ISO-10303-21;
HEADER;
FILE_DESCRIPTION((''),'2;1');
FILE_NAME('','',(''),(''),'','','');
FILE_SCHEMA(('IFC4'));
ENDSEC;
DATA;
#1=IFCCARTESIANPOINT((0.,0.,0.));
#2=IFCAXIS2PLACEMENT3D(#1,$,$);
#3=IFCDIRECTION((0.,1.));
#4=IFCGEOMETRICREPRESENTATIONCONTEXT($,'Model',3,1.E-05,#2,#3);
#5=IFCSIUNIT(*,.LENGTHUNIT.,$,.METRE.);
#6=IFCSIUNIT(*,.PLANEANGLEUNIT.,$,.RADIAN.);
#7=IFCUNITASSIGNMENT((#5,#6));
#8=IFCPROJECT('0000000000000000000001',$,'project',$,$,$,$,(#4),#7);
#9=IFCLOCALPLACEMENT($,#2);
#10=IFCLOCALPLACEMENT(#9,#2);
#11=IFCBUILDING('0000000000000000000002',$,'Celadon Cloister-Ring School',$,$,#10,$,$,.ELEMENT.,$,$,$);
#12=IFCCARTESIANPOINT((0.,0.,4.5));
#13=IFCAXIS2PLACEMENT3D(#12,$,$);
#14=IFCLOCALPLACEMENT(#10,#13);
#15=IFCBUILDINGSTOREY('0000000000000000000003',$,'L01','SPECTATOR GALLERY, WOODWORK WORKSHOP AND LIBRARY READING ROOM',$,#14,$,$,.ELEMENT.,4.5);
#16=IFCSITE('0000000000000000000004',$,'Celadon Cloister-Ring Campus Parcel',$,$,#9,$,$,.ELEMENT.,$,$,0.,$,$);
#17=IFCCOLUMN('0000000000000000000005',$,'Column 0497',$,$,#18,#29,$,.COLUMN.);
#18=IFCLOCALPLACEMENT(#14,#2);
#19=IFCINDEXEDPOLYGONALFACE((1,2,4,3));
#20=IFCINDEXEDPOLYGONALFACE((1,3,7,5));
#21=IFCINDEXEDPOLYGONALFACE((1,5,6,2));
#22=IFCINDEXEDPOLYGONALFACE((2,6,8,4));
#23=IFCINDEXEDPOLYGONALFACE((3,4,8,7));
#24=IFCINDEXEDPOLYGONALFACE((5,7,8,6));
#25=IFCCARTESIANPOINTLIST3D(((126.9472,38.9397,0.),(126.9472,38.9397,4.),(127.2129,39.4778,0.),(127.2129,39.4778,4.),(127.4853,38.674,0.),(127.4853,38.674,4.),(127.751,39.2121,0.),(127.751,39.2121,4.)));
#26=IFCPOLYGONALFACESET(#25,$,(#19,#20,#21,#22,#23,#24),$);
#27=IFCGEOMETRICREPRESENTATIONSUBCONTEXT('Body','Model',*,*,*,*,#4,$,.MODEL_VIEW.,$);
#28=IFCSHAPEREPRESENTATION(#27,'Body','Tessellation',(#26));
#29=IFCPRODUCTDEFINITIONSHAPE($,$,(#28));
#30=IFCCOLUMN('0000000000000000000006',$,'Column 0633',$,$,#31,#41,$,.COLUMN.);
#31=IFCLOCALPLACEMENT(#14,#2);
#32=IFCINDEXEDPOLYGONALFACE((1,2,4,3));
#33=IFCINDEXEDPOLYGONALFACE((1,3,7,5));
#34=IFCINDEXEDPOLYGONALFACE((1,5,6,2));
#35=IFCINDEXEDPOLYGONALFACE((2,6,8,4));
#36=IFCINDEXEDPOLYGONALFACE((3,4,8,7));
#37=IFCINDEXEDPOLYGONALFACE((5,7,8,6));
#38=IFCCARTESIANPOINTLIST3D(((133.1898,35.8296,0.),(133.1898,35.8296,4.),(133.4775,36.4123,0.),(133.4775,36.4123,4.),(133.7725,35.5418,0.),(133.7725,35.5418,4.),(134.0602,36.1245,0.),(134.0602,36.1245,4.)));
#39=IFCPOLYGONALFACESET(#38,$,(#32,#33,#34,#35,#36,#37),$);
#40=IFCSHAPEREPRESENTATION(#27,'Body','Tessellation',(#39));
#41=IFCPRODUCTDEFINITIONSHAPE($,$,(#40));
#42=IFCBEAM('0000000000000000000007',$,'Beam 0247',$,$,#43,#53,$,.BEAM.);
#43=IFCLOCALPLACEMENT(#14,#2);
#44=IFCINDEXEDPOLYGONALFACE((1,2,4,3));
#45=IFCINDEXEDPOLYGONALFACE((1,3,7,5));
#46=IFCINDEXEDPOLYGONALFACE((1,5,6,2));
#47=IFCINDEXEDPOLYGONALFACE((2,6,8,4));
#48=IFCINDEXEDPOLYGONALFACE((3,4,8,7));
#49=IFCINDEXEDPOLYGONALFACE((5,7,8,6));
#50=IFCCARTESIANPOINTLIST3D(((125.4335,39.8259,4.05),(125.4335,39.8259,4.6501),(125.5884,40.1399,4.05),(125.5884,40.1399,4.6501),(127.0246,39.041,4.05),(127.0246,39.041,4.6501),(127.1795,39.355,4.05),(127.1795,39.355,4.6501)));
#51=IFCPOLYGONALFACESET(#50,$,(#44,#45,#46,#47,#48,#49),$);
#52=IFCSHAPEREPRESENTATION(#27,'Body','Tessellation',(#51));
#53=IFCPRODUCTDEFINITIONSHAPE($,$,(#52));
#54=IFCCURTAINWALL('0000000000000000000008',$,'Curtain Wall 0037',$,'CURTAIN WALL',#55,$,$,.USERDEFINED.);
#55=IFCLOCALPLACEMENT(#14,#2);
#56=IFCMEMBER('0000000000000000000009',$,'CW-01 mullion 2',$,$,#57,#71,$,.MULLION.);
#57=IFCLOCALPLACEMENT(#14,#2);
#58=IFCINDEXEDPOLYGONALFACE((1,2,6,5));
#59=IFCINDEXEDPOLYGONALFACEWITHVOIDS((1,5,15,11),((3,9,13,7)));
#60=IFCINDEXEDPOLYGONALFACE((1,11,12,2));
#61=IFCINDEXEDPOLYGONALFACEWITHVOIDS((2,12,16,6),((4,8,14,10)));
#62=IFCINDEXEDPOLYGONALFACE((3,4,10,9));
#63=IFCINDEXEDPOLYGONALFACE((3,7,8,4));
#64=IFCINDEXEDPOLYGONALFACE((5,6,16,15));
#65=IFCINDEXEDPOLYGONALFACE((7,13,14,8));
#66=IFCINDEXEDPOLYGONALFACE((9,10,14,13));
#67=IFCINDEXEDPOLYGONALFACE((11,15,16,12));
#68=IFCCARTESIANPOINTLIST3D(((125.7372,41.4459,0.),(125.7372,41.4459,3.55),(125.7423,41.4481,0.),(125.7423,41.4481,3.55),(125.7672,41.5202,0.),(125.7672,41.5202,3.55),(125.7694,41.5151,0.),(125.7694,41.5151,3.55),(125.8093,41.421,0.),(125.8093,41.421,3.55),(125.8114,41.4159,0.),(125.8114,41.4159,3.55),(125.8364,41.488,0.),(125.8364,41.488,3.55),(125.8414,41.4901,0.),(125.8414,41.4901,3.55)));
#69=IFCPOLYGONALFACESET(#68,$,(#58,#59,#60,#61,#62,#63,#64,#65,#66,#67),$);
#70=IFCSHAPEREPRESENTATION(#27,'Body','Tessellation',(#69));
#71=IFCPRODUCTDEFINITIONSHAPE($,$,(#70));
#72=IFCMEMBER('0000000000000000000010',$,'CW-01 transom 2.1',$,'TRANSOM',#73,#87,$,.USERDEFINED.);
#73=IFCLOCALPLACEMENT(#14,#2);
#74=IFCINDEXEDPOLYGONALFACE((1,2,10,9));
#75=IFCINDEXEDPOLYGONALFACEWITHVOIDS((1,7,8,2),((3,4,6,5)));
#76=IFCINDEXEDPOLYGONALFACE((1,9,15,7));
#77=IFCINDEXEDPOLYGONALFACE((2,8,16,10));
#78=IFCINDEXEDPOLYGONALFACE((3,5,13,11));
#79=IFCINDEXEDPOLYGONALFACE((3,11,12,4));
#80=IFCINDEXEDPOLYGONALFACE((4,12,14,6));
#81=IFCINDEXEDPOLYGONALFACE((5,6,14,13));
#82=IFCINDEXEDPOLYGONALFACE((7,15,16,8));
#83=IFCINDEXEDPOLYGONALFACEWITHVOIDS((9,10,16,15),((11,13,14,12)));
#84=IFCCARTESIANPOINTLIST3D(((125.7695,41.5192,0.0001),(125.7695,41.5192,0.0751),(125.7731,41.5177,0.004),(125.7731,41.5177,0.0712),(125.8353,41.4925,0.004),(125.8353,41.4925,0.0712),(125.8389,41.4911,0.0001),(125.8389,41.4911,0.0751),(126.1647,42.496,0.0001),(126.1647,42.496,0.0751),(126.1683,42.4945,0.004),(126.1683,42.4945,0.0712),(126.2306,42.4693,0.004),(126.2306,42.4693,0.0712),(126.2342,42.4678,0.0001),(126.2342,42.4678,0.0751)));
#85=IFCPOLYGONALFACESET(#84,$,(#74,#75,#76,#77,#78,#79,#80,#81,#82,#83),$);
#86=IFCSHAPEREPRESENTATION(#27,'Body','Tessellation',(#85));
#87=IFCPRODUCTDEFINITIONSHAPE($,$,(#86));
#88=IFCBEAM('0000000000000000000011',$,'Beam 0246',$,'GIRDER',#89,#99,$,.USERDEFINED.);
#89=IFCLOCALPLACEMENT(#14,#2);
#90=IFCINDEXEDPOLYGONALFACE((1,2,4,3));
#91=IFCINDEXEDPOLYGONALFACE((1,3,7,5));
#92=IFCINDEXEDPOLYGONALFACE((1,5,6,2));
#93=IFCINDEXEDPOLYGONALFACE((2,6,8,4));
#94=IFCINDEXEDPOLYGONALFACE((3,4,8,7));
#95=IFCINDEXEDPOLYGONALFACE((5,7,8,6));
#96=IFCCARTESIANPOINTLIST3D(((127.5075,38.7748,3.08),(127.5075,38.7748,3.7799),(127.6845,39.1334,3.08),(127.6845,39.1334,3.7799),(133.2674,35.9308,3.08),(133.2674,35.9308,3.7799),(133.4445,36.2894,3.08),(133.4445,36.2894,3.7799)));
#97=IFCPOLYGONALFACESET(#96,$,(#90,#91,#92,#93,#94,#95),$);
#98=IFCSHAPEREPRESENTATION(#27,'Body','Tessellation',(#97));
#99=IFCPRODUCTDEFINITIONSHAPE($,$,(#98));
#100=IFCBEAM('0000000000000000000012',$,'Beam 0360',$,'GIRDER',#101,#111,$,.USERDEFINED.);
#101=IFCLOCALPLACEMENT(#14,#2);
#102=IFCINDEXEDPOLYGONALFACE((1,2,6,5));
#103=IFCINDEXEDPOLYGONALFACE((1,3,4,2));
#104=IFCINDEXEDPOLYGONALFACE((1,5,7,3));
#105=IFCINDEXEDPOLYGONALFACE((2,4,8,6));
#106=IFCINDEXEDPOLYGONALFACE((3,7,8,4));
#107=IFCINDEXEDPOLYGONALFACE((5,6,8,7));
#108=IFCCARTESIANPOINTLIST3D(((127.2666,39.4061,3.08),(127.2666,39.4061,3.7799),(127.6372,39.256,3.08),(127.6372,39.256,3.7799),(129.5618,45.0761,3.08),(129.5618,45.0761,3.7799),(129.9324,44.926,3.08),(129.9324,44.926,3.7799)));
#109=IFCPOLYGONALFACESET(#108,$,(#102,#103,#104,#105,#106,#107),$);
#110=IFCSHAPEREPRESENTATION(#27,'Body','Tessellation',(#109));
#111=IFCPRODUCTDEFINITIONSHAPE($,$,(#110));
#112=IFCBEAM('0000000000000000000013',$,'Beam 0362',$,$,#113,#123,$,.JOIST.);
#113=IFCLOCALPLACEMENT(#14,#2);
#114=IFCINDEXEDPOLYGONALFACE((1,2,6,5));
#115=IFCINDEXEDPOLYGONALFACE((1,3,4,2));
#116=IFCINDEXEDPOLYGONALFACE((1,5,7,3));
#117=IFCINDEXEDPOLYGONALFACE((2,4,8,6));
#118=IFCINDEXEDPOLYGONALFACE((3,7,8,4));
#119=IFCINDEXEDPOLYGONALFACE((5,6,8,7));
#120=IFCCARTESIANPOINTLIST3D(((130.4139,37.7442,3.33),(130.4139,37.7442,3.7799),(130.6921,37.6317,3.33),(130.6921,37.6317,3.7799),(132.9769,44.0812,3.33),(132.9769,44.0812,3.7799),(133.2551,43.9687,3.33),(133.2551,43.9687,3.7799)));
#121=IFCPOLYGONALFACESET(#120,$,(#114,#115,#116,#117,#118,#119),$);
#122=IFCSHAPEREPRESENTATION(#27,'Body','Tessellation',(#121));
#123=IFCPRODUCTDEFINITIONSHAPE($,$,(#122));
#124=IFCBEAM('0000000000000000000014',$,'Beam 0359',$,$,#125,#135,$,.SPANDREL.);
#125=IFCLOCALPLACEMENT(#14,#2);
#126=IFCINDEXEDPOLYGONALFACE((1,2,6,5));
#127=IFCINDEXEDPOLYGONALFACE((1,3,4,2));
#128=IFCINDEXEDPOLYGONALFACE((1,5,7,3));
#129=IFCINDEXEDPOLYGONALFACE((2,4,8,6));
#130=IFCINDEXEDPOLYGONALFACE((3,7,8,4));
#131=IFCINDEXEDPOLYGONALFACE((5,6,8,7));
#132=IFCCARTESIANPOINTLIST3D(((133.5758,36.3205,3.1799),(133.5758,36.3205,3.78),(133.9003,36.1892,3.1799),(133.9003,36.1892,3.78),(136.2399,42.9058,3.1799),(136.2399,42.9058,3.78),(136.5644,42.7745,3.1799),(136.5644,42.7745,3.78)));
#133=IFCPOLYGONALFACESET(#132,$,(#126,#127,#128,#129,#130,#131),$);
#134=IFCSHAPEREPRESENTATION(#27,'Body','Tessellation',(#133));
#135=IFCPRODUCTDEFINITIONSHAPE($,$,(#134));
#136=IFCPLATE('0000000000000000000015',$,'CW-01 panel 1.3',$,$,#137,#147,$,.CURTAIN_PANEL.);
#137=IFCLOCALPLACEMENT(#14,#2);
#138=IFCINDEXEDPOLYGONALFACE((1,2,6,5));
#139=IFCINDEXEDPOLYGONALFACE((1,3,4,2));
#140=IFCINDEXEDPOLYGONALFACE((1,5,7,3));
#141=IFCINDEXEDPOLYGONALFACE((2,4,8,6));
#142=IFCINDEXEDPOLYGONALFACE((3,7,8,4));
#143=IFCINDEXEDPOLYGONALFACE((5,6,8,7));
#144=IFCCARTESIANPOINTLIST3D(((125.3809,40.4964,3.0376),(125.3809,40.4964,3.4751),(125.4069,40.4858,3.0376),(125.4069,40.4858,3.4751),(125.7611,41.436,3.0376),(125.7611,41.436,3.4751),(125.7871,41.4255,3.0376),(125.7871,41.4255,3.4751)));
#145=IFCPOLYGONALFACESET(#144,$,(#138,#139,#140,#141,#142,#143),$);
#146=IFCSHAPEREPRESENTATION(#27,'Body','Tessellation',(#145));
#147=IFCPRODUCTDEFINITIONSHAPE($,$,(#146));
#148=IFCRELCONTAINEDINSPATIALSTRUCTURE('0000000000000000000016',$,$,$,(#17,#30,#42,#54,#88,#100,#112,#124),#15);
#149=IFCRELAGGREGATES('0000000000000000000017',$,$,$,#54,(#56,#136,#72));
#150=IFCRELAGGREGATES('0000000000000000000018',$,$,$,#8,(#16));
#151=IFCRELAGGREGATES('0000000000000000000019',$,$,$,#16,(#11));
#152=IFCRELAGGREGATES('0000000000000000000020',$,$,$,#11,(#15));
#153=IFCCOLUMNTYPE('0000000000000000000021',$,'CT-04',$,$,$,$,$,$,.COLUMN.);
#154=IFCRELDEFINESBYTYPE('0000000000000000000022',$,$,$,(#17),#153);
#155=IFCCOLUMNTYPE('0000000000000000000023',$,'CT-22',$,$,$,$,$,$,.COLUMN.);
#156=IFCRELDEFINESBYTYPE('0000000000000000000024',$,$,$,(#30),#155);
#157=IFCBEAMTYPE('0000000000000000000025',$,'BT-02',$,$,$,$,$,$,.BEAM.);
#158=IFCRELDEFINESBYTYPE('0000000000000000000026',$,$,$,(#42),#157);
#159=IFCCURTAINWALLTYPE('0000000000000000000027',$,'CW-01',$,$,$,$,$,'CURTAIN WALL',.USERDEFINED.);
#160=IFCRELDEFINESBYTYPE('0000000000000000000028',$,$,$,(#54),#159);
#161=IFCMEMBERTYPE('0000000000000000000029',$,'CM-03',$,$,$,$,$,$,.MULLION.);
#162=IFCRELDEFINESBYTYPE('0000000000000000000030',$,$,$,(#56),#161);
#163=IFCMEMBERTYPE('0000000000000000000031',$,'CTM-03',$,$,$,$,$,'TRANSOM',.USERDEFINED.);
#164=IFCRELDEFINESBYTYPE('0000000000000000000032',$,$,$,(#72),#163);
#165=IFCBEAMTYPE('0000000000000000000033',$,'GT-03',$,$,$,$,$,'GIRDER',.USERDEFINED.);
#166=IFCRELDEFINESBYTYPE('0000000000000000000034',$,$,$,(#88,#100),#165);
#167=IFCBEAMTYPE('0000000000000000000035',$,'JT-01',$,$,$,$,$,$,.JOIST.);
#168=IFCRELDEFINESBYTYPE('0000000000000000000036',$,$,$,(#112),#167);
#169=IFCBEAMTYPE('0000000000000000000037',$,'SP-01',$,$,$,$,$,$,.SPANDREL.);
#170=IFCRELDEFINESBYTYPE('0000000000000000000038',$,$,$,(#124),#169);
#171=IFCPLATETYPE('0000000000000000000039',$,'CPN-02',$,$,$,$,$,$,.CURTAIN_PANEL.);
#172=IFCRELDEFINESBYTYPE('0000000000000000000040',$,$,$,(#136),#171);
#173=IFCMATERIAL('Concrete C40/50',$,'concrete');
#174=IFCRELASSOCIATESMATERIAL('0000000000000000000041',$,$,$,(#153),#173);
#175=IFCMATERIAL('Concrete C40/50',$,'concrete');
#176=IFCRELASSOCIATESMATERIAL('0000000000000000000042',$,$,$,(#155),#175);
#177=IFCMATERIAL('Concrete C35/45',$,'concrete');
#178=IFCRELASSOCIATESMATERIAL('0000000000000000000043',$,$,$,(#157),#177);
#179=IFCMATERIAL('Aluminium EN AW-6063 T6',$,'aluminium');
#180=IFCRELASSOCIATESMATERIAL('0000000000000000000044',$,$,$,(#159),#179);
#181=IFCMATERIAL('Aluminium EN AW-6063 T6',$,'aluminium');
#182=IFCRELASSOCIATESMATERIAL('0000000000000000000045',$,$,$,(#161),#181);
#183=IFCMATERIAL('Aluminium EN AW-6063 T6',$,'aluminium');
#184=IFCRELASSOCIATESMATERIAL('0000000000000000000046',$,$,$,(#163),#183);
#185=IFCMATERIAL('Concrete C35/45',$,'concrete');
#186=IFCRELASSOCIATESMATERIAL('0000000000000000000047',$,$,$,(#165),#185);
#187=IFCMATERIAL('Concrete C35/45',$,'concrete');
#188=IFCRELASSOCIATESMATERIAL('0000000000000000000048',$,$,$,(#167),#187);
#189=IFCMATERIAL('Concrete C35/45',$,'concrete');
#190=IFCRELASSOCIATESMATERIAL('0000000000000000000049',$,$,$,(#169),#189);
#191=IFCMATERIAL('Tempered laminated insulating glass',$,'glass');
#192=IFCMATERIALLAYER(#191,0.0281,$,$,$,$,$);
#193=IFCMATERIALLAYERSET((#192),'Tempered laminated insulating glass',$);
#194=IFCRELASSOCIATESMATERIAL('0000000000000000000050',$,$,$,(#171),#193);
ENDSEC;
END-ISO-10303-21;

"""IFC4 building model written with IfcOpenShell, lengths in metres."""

from ifc_helpers import new_model, si_unit, direction, frame, origin, origin_2d, place, context, subcontext, project, spatial, rectangle, hollow_rectangle, extrude, material, layer, layer_set, material_profile, profile_set, type_object, element, aggregate, save


model = new_model("IFC4")

# Units and contexts
model_context = context("Model", 3, precision=1e-05, world=origin(), true_north=direction((0.0, 1.0)))
body_context = subcontext(model_context, "Body", "Model", "MODEL_VIEW")
ifc_project = project(units=[si_unit("LENGTHUNIT", "METRE"), si_unit("PLANEANGLEUNIT", "RADIAN")], contexts=[model_context])

# Site, building, storey
site_placement = place(None, origin())
site = spatial("IfcSite", under=ifc_project, at=site_placement, Name="Celadon Cloister-Ring Campus Parcel", CompositionType="ELEMENT", RefElevation=0.0)
building_placement = place(site_placement, origin())
building = spatial("IfcBuilding", under=site, at=building_placement, Name="Celadon Cloister-Ring School", CompositionType="ELEMENT")
storey_placement = place(building_placement, frame((0.0, 0.0, 4.5)))
storey = spatial("IfcBuildingStorey", under=building, at=storey_placement, Name="L01", Description="SPECTATOR GALLERY, WOODWORK WORKSHOP AND LIBRARY READING ROOM", CompositionType="ELEMENT", Elevation=4.5)

# Columns
ifc_material_1 = material(Name="Concrete C40/50", Category="concrete")
ifc_material_profile_1 = material_profile(ifc_material_1, rectangle(XDim=0.6001, YDim=0.6001, at=origin_2d()), Name="RC600X600")
ifc_profile_set_1 = profile_set([ifc_material_profile_1], Name="Concrete C40/50")
column_type_1 = type_object("IfcColumnType", Name="CT-04", PredefinedType="COLUMN", material=ifc_profile_set_1)
column_1_placement = place(storey_placement, frame((127.3491, 39.0759, 0.0), z_axis=(0.0, 0.0, 1.0), x_axis=(0.896641, -0.442758, 0.0)))
element("IfcColumn", 1, at=column_1_placement, inside=storey, type_object=column_type_1, Name="Column 0497", PredefinedType="COLUMN", context=body_context, shape_type="SweptSolid", body=[
    extrude(rectangle(XDim=0.6001, YDim=0.6001, at=origin_2d()), origin(), (0.0, 0.0, 1.0), 4.0),
])
ifc_material_2 = material(Name="Concrete C40/50", Category="concrete")
ifc_material_profile_2 = material_profile(ifc_material_2, rectangle(XDim=0.6499, YDim=0.6499, at=origin_2d()), Name="RC650X650")
ifc_profile_set_2 = profile_set([ifc_material_profile_2], Name="Concrete C40/50")
column_type_2 = type_object("IfcColumnType", Name="CT-22", PredefinedType="COLUMN", material=ifc_profile_set_2)
column_2_placement = place(storey_placement, frame((133.625, 35.9771, 0.0), z_axis=(0.0, 0.0, 1.0), x_axis=(0.896641, -0.442758, 0.0)))
element("IfcColumn", 2, at=column_2_placement, inside=storey, type_object=column_type_2, Name="Column 0633", PredefinedType="COLUMN", context=body_context, shape_type="SweptSolid", body=[
    extrude(rectangle(XDim=0.6499, YDim=0.6499, at=origin_2d()), origin(), (0.0, 0.0, 1.0), 4.0),
])

# Beam
ifc_material_3 = material(Name="Concrete C35/45", Category="concrete")
ifc_material_profile_3 = material_profile(ifc_material_3, rectangle(XDim=0.3501, YDim=0.6001, at=origin_2d()), Name="RC350X600")
ifc_profile_set_3 = profile_set([ifc_material_profile_3], Name="Concrete C35/45")
beam_type_1 = type_object("IfcBeamType", Name="BT-02", PredefinedType="BEAM", material=ifc_profile_set_3)
beam_1_placement = place(storey_placement, frame((127.1021, 39.198, 4.3501), z_axis=(-0.896809, 0.442418, 0.0), x_axis=(-0.442418, -0.896809, 0.0)))
element("IfcBeam", 3, at=beam_1_placement, inside=storey, type_object=beam_type_1, Name="Beam 0247", PredefinedType="BEAM", context=body_context, shape_type="SweptSolid", body=[
    extrude(rectangle(XDim=0.3501, YDim=0.6001, at=origin_2d()), origin(), (0.0, 0.0, 1.0), 1.7742),
])

# Curtain wall, members
ifc_material_4 = material(Name="Aluminium EN AW-6063 T6", Category="aluminium")
curtain_wall_type = type_object("IfcCurtainWallType", Name="CW-01", ElementType="CURTAIN WALL", PredefinedType="USERDEFINED", material=ifc_material_4)
curtain_wall_placement = place(storey_placement, origin())
curtain_wall = element("IfcCurtainWall", 4, at=curtain_wall_placement, inside=storey, type_object=curtain_wall_type, Name="Curtain Wall 0037", ObjectType="CURTAIN WALL", PredefinedType="USERDEFINED")
ifc_material_5 = material(Name="Aluminium EN AW-6063 T6", Category="aluminium")
ifc_material_profile_4 = material_profile(ifc_material_5, hollow_rectangle(XDim=0.0801, YDim=0.0801, WallThickness=0.0039, at=origin_2d()), Name="RHS80X80X4")
ifc_profile_set_4 = profile_set([ifc_material_profile_4], Name="Aluminium EN AW-6063 T6")
member_type_1 = type_object("IfcMemberType", Name="CM-03", PredefinedType="MULLION", material=ifc_profile_set_4)
member_1_placement = place(storey_placement, frame((125.7893, 41.468, 0.0), z_axis=(0.0, 0.0, 1.0), x_axis=(-0.92701, 0.375038, 0.0)))
member_1 = element("IfcMember", 5, at=member_1_placement, type_object=member_type_1, Name="CW-01 mullion 2", PredefinedType="MULLION", context=body_context, shape_type="SweptSolid", body=[
    extrude(hollow_rectangle(XDim=0.0801, YDim=0.0801, WallThickness=0.0039, at=origin_2d()), origin(), (0.0, 0.0, 1.0), 3.55),
])
ifc_material_6 = material(Name="Aluminium EN AW-6063 T6", Category="aluminium")
ifc_material_profile_5 = material_profile(ifc_material_6, hollow_rectangle(XDim=0.075, YDim=0.075, WallThickness=0.0039, at=origin_2d()), Name="RHS75X75X4")
ifc_profile_set_5 = profile_set([ifc_material_profile_5], Name="Aluminium EN AW-6063 T6")
member_type_2 = type_object("IfcMemberType", Name="CTM-03", ElementType="TRANSOM", PredefinedType="USERDEFINED", material=ifc_profile_set_5)
member_2_placement = place(storey_placement, frame((125.8042, 41.5051, 0.0376), z_axis=(0.375103, 0.926983, 0.0), x_axis=(-0.926983, 0.375103, 0.0)))
member_2 = element("IfcMember", 6, at=member_2_placement, type_object=member_type_2, Name="CW-01 transom 2.1", ObjectType="TRANSOM", PredefinedType="USERDEFINED", context=body_context, shape_type="SweptSolid", body=[
    extrude(hollow_rectangle(XDim=0.075, YDim=0.075, WallThickness=0.0039, at=origin_2d()), origin(), (0.0, 0.0, 1.0), 1.0537),
])

# Beams
ifc_material_7 = material(Name="Concrete C35/45", Category="concrete")
ifc_material_profile_6 = material_profile(ifc_material_7, rectangle(XDim=0.3999, YDim=0.7, at=origin_2d()), Name="RC400X700")
ifc_profile_set_6 = profile_set([ifc_material_profile_6], Name="Concrete C35/45")
beam_type_2 = type_object("IfcBeamType", Name="GT-03", ElementType="GIRDER", PredefinedType="USERDEFINED", material=ifc_profile_set_6)
beam_2_placement = place(storey_placement, frame((133.356, 36.1101, 3.4299), z_axis=(-0.896658, 0.442723, 0.0), x_axis=(-0.442723, -0.896658, 0.0)))
element("IfcBeam", 7, at=beam_2_placement, inside=storey, type_object=beam_type_2, Name="Beam 0246", ObjectType="GIRDER", PredefinedType="USERDEFINED", context=body_context, shape_type="SweptSolid", body=[
    extrude(rectangle(XDim=0.3999, YDim=0.7, at=origin_2d()), origin(), (0.0, 0.0, 1.0), 6.4238),
])
beam_3_placement = place(storey_placement, frame((127.4519, 39.3311, 3.4299), z_axis=(0.375221, 0.926936, 0.0), x_axis=(-0.926936, 0.375221, 0.0)))
element("IfcBeam", 8, at=beam_3_placement, inside=storey, type_object=beam_type_2, Name="Beam 0360", ObjectType="GIRDER", PredefinedType="USERDEFINED", context=body_context, shape_type="SweptSolid", body=[
    extrude(rectangle(XDim=0.3999, YDim=0.7, at=origin_2d()), origin(), (0.0, 0.0, 1.0), 6.1169),
])
ifc_material_8 = material(Name="Concrete C35/45", Category="concrete")
ifc_material_profile_7 = material_profile(ifc_material_8, rectangle(XDim=0.3, YDim=0.45, at=origin_2d()), Name="RC300X450")
ifc_profile_set_7 = profile_set([ifc_material_profile_7], Name="Concrete C35/45")
beam_type_3 = type_object("IfcBeamType", Name="JT-01", PredefinedType="JOIST", material=ifc_profile_set_7)
beam_4_placement = place(storey_placement, frame((130.553, 37.688, 3.5549), z_axis=(0.374947, 0.927046, 0.0), x_axis=(-0.927046, 0.374947, 0.0)))
element("IfcBeam", 9, at=beam_4_placement, inside=storey, type_object=beam_type_3, Name="Beam 0362", PredefinedType="JOIST", context=body_context, shape_type="SweptSolid", body=[
    extrude(rectangle(XDim=0.3, YDim=0.45, at=origin_2d()), origin(), (0.0, 0.0, 1.0), 6.8357),
])
ifc_material_9 = material(Name="Concrete C35/45", Category="concrete")
ifc_material_profile_8 = material_profile(ifc_material_9, rectangle(XDim=0.3501, YDim=0.6001, at=origin_2d()), Name="RC350X600")
ifc_profile_set_8 = profile_set([ifc_material_profile_8], Name="Concrete C35/45")
beam_type_4 = type_object("IfcBeamType", Name="SP-01", PredefinedType="SPANDREL", material=ifc_profile_set_8)
beam_5_placement = place(storey_placement, frame((133.738, 36.2549, 3.48), z_axis=(0.375026, 0.927014, 0.0), x_axis=(-0.927014, 0.375026, 0.0)))
element("IfcBeam", 10, at=beam_5_placement, inside=storey, type_object=beam_type_4, Name="Beam 0359", PredefinedType="SPANDREL", context=body_context, shape_type="SweptSolid", body=[
    extrude(rectangle(XDim=0.3501, YDim=0.6001, at=origin_2d()), origin(), (0.0, 0.0, 1.0), 7.1038),
])

# Plate
ifc_material_10 = material(Name="Tempered laminated insulating glass", Category="glass")
ifc_layer_1 = layer(ifc_material_10, 0.0281)
ifc_layer_set_1 = layer_set([ifc_layer_1], Name="Tempered laminated insulating glass")
plate_type = type_object("IfcPlateType", Name="CPN-02", PredefinedType="CURTAIN_PANEL", material=ifc_layer_set_1)
plate_placement = place(storey_placement, frame((125.584, 40.9609, 3.0376), z_axis=(0.0, 0.0, 1.0), x_axis=(0.375038, 0.92701, 0.0)))
plate = element("IfcPlate", 11, at=plate_placement, type_object=plate_type, Name="CW-01 panel 1.3", PredefinedType="CURTAIN_PANEL", context=body_context, shape_type="SweptSolid", body=[
    extrude(rectangle(XDim=1.0137, YDim=0.0281, at=origin_2d()), origin(), (0.0, 0.0, 1.0), 0.4375),
])
aggregate(curtain_wall, [member_1, plate, member_2])

save(model, "model.ifc")
